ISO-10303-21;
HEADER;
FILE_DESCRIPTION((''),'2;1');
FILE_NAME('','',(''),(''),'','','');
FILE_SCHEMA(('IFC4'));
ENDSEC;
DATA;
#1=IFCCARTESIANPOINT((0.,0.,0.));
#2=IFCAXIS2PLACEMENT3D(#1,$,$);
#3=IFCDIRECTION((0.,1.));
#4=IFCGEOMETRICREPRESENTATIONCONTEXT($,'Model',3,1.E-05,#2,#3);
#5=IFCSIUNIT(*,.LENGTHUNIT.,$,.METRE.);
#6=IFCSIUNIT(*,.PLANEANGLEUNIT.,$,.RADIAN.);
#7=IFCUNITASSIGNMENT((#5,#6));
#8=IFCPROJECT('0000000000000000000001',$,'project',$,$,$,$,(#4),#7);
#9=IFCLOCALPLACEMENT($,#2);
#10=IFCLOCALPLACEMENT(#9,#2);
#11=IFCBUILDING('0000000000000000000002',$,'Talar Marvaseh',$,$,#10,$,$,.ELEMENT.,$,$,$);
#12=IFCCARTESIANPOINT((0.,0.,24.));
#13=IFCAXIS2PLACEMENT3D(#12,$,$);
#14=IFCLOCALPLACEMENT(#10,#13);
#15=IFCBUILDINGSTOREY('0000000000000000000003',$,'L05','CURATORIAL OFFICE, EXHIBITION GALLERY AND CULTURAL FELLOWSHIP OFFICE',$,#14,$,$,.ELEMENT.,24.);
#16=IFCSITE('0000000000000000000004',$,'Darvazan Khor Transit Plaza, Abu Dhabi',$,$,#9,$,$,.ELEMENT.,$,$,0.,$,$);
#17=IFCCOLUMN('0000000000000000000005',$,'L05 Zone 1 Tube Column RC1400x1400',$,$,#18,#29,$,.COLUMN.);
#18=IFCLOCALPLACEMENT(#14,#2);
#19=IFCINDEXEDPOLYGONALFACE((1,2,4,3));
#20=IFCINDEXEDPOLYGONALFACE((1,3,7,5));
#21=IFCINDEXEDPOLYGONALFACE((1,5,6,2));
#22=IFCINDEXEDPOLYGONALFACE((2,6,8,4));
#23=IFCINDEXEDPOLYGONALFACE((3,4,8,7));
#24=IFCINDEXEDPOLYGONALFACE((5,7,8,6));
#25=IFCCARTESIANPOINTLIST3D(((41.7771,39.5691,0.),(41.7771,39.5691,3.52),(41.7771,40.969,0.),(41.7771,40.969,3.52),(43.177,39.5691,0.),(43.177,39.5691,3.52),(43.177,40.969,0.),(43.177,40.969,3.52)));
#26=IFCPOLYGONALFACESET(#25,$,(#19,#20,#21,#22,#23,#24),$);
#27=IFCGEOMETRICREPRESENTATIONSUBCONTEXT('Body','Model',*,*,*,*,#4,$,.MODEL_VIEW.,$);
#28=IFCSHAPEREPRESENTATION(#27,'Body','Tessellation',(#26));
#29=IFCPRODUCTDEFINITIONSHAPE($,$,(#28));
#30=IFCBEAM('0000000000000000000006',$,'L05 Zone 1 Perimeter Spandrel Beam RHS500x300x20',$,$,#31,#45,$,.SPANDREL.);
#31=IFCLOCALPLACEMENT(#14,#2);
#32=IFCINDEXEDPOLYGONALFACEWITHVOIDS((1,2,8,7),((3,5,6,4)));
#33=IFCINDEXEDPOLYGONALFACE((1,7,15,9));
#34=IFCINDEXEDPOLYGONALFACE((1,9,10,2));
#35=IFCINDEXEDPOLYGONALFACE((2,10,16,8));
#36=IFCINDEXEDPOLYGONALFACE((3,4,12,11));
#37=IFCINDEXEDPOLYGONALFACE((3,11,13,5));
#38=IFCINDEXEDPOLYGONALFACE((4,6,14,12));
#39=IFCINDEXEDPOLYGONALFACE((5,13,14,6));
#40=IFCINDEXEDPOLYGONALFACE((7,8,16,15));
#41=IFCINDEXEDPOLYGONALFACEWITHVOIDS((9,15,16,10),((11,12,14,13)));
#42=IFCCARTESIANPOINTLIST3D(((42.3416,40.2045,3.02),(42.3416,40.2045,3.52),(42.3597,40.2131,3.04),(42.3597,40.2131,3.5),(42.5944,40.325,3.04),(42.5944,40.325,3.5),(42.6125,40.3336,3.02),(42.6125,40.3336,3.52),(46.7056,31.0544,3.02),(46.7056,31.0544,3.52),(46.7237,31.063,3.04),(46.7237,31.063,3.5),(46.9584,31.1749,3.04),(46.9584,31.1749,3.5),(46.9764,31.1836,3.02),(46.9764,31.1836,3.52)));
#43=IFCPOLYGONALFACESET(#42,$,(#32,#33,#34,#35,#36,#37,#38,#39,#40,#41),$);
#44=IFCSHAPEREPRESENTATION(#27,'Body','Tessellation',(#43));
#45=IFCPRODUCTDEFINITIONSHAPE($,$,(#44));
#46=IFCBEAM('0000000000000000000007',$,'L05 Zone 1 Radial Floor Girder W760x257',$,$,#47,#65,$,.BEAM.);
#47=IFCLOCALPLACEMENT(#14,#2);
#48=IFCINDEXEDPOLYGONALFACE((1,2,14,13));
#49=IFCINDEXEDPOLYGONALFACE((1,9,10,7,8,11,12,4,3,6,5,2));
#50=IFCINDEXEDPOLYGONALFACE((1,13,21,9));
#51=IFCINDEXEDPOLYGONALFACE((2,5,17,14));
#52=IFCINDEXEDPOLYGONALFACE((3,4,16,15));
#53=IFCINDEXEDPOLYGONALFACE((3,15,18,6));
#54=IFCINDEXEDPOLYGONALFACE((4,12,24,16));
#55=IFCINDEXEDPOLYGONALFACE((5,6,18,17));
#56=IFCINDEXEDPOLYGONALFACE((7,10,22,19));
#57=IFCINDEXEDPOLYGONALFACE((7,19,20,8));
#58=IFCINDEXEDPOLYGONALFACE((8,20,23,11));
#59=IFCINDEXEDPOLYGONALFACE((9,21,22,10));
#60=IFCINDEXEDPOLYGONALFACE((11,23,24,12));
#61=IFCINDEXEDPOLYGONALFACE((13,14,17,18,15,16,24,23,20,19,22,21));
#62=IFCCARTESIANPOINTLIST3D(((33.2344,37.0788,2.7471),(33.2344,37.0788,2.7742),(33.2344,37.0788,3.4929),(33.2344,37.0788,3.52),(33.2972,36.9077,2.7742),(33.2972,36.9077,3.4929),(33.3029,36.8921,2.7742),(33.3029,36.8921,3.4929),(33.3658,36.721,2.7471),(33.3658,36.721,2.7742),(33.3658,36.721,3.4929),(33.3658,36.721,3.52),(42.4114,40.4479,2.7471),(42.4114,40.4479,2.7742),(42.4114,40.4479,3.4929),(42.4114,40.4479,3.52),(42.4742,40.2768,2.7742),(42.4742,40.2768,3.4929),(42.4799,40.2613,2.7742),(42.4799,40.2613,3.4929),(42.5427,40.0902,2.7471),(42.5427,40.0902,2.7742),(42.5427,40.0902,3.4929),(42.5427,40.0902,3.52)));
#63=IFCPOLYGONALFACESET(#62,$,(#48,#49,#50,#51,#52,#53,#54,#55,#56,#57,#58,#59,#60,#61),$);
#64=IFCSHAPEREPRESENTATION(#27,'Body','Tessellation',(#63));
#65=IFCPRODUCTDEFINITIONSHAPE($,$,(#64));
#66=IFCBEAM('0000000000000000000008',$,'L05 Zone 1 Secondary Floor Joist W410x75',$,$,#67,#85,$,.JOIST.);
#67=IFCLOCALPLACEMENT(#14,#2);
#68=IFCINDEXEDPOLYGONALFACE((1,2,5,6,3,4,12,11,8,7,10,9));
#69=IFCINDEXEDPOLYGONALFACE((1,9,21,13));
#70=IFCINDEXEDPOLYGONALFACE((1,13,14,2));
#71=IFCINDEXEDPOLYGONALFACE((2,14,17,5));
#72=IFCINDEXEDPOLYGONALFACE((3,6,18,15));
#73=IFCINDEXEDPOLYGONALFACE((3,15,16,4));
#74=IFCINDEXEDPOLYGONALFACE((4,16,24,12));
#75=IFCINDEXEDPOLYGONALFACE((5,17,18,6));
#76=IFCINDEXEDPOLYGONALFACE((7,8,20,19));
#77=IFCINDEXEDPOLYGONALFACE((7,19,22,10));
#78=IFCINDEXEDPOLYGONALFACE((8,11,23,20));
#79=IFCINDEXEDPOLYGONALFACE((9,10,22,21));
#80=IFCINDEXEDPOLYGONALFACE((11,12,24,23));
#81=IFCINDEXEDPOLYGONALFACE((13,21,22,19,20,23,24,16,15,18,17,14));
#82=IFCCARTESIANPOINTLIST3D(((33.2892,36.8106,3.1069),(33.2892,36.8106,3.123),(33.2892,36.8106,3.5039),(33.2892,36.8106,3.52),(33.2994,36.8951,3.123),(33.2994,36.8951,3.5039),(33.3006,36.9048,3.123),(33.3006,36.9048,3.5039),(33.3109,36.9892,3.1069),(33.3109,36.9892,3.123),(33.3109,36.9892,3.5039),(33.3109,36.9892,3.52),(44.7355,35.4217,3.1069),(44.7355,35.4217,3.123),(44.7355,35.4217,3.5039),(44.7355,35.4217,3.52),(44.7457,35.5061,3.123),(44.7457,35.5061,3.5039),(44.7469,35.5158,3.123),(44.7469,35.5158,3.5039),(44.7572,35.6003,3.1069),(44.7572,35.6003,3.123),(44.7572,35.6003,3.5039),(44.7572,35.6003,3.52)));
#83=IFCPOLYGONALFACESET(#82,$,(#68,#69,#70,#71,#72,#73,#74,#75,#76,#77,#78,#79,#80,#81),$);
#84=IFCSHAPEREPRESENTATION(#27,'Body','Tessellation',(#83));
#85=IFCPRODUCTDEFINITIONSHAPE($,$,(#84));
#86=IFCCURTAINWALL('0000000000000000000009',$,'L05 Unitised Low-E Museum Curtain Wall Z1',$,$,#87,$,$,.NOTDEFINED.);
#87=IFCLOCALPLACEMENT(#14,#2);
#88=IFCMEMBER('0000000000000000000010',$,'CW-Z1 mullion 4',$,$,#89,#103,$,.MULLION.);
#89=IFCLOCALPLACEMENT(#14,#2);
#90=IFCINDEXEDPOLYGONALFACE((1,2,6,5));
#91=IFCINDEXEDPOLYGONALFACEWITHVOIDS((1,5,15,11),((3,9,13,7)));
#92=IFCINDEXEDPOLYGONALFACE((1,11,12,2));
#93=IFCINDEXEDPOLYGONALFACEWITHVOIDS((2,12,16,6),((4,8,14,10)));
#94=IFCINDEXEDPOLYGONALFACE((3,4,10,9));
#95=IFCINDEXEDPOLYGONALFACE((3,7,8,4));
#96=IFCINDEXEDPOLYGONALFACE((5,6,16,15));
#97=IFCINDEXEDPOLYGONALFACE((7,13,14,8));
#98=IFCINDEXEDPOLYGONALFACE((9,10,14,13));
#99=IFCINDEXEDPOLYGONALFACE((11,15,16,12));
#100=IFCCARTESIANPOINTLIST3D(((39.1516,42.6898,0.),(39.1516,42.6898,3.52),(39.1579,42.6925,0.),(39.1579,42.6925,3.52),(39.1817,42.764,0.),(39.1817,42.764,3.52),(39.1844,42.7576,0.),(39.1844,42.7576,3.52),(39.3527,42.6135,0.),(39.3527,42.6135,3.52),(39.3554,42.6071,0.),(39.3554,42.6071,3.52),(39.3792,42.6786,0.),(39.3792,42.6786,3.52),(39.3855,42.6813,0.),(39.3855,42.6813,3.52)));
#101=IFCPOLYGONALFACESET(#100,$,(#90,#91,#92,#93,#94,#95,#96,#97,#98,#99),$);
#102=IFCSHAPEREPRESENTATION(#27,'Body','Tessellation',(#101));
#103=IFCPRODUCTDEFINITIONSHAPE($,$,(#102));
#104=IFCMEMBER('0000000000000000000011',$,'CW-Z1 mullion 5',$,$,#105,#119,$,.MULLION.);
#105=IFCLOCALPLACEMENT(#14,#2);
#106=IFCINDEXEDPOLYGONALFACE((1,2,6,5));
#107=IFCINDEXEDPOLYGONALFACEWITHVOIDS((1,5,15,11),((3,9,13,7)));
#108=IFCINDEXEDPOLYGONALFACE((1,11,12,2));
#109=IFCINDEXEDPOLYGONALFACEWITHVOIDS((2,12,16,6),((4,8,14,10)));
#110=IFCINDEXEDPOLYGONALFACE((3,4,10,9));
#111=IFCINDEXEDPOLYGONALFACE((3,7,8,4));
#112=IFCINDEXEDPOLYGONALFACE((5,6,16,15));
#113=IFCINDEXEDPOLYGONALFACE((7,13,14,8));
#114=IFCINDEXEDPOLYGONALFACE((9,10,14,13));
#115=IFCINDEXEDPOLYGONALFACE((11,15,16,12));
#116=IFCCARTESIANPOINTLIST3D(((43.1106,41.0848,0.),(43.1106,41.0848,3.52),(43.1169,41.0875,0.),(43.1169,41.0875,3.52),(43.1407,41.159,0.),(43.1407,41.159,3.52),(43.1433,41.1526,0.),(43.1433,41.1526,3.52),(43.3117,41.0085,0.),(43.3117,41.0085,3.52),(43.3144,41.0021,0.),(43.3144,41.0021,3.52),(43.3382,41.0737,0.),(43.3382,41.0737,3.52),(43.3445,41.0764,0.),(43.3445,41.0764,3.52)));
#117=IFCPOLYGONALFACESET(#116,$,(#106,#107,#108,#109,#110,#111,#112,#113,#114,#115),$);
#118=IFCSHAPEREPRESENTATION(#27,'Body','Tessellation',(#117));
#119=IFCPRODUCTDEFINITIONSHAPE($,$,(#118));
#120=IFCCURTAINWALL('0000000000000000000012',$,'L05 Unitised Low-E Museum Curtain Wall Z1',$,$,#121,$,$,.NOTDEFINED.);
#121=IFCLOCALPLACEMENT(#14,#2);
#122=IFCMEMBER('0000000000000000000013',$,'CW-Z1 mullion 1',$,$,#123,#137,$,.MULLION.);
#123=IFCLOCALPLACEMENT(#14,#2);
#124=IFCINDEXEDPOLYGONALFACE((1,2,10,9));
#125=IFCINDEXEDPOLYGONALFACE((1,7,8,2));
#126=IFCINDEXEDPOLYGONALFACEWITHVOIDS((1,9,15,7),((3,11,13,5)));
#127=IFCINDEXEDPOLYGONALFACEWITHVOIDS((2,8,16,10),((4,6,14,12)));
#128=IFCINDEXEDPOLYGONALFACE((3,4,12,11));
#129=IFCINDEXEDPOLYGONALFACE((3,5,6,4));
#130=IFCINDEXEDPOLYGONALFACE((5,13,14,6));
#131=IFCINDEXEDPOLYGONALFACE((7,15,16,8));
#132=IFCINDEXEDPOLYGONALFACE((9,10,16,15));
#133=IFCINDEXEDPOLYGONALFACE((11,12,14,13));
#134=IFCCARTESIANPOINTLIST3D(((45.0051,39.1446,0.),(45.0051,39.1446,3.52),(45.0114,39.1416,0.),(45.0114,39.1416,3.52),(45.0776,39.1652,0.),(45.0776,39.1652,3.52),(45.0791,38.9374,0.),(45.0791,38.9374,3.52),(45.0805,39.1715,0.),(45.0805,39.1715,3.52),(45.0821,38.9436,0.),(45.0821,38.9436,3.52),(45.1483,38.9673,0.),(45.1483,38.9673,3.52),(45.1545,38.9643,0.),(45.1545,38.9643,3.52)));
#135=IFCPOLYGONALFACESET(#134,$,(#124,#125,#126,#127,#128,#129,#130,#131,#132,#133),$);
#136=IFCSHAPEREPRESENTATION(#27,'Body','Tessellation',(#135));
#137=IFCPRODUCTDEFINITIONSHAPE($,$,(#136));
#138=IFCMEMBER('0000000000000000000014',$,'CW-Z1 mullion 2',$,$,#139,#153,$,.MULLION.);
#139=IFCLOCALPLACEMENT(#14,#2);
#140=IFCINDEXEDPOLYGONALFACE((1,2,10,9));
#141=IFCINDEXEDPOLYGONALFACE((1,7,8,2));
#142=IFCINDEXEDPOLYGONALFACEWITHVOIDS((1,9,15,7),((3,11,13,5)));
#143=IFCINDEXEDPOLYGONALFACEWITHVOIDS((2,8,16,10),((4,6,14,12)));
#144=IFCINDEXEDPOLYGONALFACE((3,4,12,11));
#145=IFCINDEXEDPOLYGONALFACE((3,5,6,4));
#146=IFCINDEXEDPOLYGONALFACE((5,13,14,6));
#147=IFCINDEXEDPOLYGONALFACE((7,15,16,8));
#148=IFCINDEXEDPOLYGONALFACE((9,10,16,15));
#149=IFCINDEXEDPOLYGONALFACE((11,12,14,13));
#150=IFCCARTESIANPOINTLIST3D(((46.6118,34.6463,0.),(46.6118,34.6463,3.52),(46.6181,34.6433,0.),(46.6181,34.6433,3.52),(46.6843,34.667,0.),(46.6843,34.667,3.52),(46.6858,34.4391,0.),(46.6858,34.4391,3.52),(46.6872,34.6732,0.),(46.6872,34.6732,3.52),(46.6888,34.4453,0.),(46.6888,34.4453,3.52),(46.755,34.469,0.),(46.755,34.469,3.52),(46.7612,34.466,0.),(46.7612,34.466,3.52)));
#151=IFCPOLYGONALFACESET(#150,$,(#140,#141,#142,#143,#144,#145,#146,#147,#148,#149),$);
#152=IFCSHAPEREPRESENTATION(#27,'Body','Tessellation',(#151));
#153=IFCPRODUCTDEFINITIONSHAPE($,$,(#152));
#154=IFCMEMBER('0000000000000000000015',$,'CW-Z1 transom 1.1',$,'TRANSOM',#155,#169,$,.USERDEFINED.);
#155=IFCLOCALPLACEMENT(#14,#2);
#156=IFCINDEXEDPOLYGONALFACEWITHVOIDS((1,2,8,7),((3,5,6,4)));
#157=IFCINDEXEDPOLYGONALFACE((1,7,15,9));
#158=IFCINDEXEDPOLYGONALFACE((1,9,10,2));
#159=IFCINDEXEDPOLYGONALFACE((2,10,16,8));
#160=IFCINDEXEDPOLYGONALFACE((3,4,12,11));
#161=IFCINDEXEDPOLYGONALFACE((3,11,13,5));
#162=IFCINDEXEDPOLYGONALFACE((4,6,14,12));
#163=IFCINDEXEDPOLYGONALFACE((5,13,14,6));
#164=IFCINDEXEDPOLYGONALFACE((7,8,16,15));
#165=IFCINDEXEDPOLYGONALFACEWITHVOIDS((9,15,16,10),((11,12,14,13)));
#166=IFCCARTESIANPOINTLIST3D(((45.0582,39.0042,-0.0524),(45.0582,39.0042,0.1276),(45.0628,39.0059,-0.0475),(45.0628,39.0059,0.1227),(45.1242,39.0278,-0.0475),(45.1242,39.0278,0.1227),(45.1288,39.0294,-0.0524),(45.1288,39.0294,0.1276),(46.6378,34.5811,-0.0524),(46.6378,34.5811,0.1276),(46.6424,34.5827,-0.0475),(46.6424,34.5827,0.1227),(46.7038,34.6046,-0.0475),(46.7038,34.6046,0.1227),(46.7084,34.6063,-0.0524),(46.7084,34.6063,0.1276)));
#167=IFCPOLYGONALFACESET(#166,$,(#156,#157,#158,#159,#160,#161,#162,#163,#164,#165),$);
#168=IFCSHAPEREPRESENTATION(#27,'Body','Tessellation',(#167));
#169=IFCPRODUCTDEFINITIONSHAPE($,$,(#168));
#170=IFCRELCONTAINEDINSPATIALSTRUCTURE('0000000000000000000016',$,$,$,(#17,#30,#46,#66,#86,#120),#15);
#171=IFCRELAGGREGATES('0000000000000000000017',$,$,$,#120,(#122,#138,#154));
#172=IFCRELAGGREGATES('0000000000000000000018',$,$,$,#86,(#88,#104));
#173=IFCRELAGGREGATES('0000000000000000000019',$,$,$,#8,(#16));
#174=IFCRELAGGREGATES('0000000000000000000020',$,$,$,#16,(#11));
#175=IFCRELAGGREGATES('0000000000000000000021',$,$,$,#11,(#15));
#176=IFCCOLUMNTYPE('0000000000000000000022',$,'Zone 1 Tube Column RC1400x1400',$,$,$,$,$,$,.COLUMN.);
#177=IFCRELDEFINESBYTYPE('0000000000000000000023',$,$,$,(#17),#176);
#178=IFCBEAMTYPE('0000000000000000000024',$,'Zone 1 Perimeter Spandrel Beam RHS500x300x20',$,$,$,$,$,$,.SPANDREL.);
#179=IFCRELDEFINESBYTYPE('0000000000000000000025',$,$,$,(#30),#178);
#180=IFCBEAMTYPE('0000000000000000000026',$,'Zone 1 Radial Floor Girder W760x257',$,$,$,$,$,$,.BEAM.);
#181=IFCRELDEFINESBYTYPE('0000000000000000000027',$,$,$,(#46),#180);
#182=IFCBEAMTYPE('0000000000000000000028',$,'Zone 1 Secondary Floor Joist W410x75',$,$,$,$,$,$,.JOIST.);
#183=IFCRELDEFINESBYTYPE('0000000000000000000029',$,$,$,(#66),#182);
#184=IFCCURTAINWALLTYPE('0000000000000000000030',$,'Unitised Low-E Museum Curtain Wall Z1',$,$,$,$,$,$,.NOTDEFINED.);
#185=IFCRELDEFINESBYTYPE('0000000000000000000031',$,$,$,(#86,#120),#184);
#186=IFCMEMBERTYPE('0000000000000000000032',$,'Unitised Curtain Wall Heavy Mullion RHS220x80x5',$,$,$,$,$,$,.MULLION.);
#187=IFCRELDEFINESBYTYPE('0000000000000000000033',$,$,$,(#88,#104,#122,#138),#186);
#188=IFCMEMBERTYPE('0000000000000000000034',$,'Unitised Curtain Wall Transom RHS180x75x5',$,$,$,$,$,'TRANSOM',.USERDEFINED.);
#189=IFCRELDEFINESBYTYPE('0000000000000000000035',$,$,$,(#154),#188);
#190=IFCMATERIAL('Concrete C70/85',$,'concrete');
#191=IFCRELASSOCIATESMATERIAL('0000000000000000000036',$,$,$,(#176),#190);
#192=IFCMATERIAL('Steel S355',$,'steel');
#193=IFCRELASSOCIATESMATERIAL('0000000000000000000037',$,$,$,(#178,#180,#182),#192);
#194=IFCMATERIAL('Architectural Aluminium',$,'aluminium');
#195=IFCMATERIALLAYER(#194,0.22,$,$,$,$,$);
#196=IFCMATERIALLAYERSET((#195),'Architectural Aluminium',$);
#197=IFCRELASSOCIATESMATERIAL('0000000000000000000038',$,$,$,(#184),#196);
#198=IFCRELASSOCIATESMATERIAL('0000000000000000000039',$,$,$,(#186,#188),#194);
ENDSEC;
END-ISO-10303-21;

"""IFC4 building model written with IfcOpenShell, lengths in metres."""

from ifc_helpers import new_model, si_unit, direction, frame, origin, origin_2d, place, context, subcontext, project, spatial, rectangle, hollow_rectangle, i_section, extrude, source, transform, mapped, material, layer, layer_set, material_profile, profile_set, type_object, type_shapes, element, aggregate, save


model = new_model("IFC4")

# Units and contexts
model_context = context("Model", 3, precision=1e-05, world=origin(), true_north=direction((0.0, 1.0)))
body_context = subcontext(model_context, "Body", "Model", "MODEL_VIEW")
ifc_project = project(units=[si_unit("LENGTHUNIT", "METRE"), si_unit("PLANEANGLEUNIT", "RADIAN")], contexts=[model_context])

# Site, building, storey
site_placement = place(None, origin())
site = spatial("IfcSite", under=ifc_project, at=site_placement, Name="Darvazan Khor Transit Plaza, Abu Dhabi", CompositionType="ELEMENT", RefElevation=0.0)
building_placement = place(site_placement, origin())
building = spatial("IfcBuilding", under=site, at=building_placement, Name="Talar Marvaseh", CompositionType="ELEMENT")
storey_placement = place(building_placement, frame((0.0, 0.0, 24.0)))
storey = spatial("IfcBuildingStorey", under=building, at=storey_placement, Name="L05", Description="CURATORIAL OFFICE, EXHIBITION GALLERY AND CULTURAL FELLOWSHIP OFFICE", CompositionType="ELEMENT", Elevation=24.0)

# Column
ifc_material_1 = material(Name="Concrete C70/85", Category="concrete")
ifc_material_profile_1 = material_profile(ifc_material_1, rectangle(XDim=1.3999, YDim=1.3999, at=origin_2d()), Name="RC1400x1400")
ifc_profile_set_1 = profile_set([ifc_material_profile_1], Name="Concrete C70/85")
column_type = type_object("IfcColumnType", Name="Zone 1 Tube Column RC1400x1400", PredefinedType="COLUMN", material=ifc_profile_set_1)
column_placement = place(storey_placement, frame((42.4771, 40.269, 0.0), z_axis=(0.0, 0.0, 1.0), x_axis=(1.0, 0.0, 0.0)))
element("IfcColumn", 1, at=column_placement, inside=storey, type_object=column_type, Name="L05 Zone 1 Tube Column RC1400x1400", PredefinedType="COLUMN", context=body_context, shape_type="SweptSolid", body=[
    extrude(rectangle(XDim=1.3999, YDim=1.3999, at=origin_2d()), origin(), (0.0, 0.0, 1.0), 3.52),
])

# Beams
ifc_material_2 = material(Name="Steel S355", Category="steel")
ifc_material_profile_2 = material_profile(ifc_material_2, hollow_rectangle(XDim=0.3, YDim=0.5, WallThickness=0.02, at=origin_2d()), Name="RHS500x300x20")
ifc_profile_set_2 = profile_set([ifc_material_profile_2], Name="Steel S355")
beam_type_1 = type_object("IfcBeamType", Name="Zone 1 Perimeter Spandrel Beam RHS500x300x20", PredefinedType="SPANDREL", material=ifc_profile_set_2)
beam_1_placement = place(storey_placement, frame((42.4771, 40.269, 3.27), z_axis=(0.43048, -0.9026, 0.0), x_axis=(0.9026, 0.43048, 0.0)))
element("IfcBeam", 2, at=beam_1_placement, inside=storey, type_object=beam_type_1, Name="L05 Zone 1 Perimeter Spandrel Beam RHS500x300x20", PredefinedType="SPANDREL", context=body_context, shape_type="SweptSolid", body=[
    extrude(hollow_rectangle(XDim=0.3, YDim=0.5, WallThickness=0.02, at=origin_2d()), origin(), (0.0, 0.0, 1.0), 10.1375),
])
ifc_material_profile_3 = material_profile(ifc_material_2, i_section(OverallWidth=0.3811, OverallDepth=0.7729, WebThickness=0.0166, FlangeThickness=0.0271, at=origin_2d()), Name="W760x257")
ifc_profile_set_3 = profile_set([ifc_material_profile_3], Name="Steel S355")
beam_type_2 = type_object("IfcBeamType", Name="Zone 1 Radial Floor Girder W760x257", PredefinedType="BEAM", material=ifc_profile_set_3)
beam_2_placement = place(storey_placement, frame((42.4771, 40.269, 3.1335), z_axis=(-0.938736, -0.344637, 0.0), x_axis=(0.344637, -0.938736, 0.0)))
element("IfcBeam", 3, at=beam_2_placement, inside=storey, type_object=beam_type_2, Name="L05 Zone 1 Radial Floor Girder W760x257", PredefinedType="BEAM", context=body_context, shape_type="SweptSolid", body=[
    extrude(i_section(OverallWidth=0.3811, OverallDepth=0.7729, WebThickness=0.0166, FlangeThickness=0.0271, at=origin_2d()), origin(), (0.0, 0.0, 1.0), 9.7759),
])
ifc_material_profile_4 = material_profile(ifc_material_2, i_section(OverallWidth=0.1799, OverallDepth=0.4131, WebThickness=0.0098, FlangeThickness=0.0161, at=origin_2d()), Name="W410x75")
ifc_profile_set_4 = profile_set([ifc_material_profile_4], Name="Steel S355")
beam_type_3 = type_object("IfcBeamType", Name="Zone 1 Secondary Floor Joist W410x75", PredefinedType="JOIST", material=ifc_profile_set_4)
beam_3_placement = place(storey_placement, frame((44.7463, 35.511, 3.3135), z_axis=(-0.992718, 0.120458, 0.0), x_axis=(-0.120458, -0.992718, 0.0)))
element("IfcBeam", 4, at=beam_3_placement, inside=storey, type_object=beam_type_3, Name="L05 Zone 1 Secondary Floor Joist W410x75", PredefinedType="JOIST", context=body_context, shape_type="SweptSolid", body=[
    extrude(i_section(OverallWidth=0.1799, OverallDepth=0.4131, WebThickness=0.0098, FlangeThickness=0.0161, at=origin_2d()), origin(), (0.0, 0.0, 1.0), 11.5303),
])

# Curtain walls, members
ifc_material_3 = material(Name="Architectural Aluminium", Category="aluminium")
ifc_layer_1 = layer(ifc_material_3, 0.22)
ifc_layer_set_1 = layer_set([ifc_layer_1], Name="Architectural Aluminium")
curtain_wall_type = type_object("IfcCurtainWallType", Name="Unitised Low-E Museum Curtain Wall Z1", PredefinedType="NOTDEFINED", material=ifc_layer_set_1)
curtain_wall_1_placement = place(storey_placement, origin())
curtain_wall_1 = element("IfcCurtainWall", 5, at=curtain_wall_1_placement, inside=storey, type_object=curtain_wall_type, Name="L05 Unitised Low-E Museum Curtain Wall Z1", PredefinedType="NOTDEFINED")
ifc_material_profile_5 = material_profile(ifc_material_3, hollow_rectangle(XDim=0.0801, YDim=0.22, WallThickness=0.0049, at=origin_2d()), Name="RHS220x80x5")
ifc_profile_set_5 = profile_set([ifc_material_profile_5], Name="Architectural Aluminium")
member_type_1 = type_object("IfcMemberType", Name="Unitised Curtain Wall Heavy Mullion RHS220x80x5", PredefinedType="MULLION", material=ifc_profile_set_5)
shared_shape_1 = source(origin(), body_context, "Body", "SweptSolid", [
    extrude(hollow_rectangle(XDim=0.0801, YDim=0.22, WallThickness=0.0049, at=origin_2d()), origin(), (0.0, 0.0, 1.0), 3.52),
])
type_shapes(member_type_1, [shared_shape_1])
member_1_placement = place(storey_placement, frame((39.2686, 42.6855, 0.0), z_axis=(0.0, 0.0, 1.0), x_axis=(0.375705, 0.926739, 0.0)))
member_1 = element("IfcMember", 6, at=member_1_placement, type_object=member_type_1, Name="CW-Z1 mullion 4", PredefinedType="MULLION", context=body_context, shape_type="MappedRepresentation", body=[
    mapped(shared_shape_1, transform((0.0, 0.0, 0.0), x_axis=(1.0, 0.0, 0.0), y_axis=(0.0, 1.0, 0.0), z_axis=(0.0, 0.0, 1.0), scale=1.0)),
])
member_2_placement = place(storey_placement, frame((43.2275, 41.0806, 0.0), z_axis=(0.0, 0.0, 1.0), x_axis=(0.375705, 0.926739, 0.0)))
member_2 = element("IfcMember", 7, at=member_2_placement, type_object=member_type_1, Name="CW-Z1 mullion 5", PredefinedType="MULLION", context=body_context, shape_type="MappedRepresentation", body=[
    mapped(shared_shape_1, transform((0.0, 0.0, 0.0), x_axis=(1.0, 0.0, 0.0), y_axis=(0.0, 1.0, 0.0), z_axis=(0.0, 0.0, 1.0), scale=1.0)),
])
curtain_wall_2_placement = place(storey_placement, origin())
curtain_wall_2 = element("IfcCurtainWall", 8, at=curtain_wall_2_placement, inside=storey, type_object=curtain_wall_type, Name="L05 Unitised Low-E Museum Curtain Wall Z1", PredefinedType="NOTDEFINED")
member_3_placement = place(storey_placement, frame((45.0798, 39.0544, 0.0), z_axis=(0.0, 0.0, 1.0), x_axis=(0.941742, 0.336336, 0.0)))
member_3 = element("IfcMember", 9, at=member_3_placement, type_object=member_type_1, Name="CW-Z1 mullion 1", PredefinedType="MULLION", context=body_context, shape_type="MappedRepresentation", body=[
    mapped(shared_shape_1, transform((0.0, 0.0, 0.0), x_axis=(1.0, 0.0, 0.0), y_axis=(0.0, 1.0, 0.0), z_axis=(0.0, 0.0, 1.0), scale=1.0)),
])
member_4_placement = place(storey_placement, frame((46.6865, 34.5562, 0.0), z_axis=(0.0, 0.0, 1.0), x_axis=(0.941742, 0.336336, 0.0)))
member_4 = element("IfcMember", 10, at=member_4_placement, type_object=member_type_1, Name="CW-Z1 mullion 2", PredefinedType="MULLION", context=body_context, shape_type="MappedRepresentation", body=[
    mapped(shared_shape_1, transform((0.0, 0.0, 0.0), x_axis=(1.0, 0.0, 0.0), y_axis=(0.0, 1.0, 0.0), z_axis=(0.0, 0.0, 1.0), scale=1.0)),
])
ifc_material_profile_6 = material_profile(ifc_material_3, hollow_rectangle(XDim=0.075, YDim=0.1799, WallThickness=0.0049, at=origin_2d()), Name="RHS180x75x5")
ifc_profile_set_6 = profile_set([ifc_material_profile_6], Name="Architectural Aluminium")
member_type_2 = type_object("IfcMemberType", Name="Unitised Curtain Wall Transom RHS180x75x5", ElementType="TRANSOM", PredefinedType="USERDEFINED", material=ifc_profile_set_6)
shared_shape_2 = source(origin(), body_context, "Body", "SweptSolid", [
    extrude(hollow_rectangle(XDim=0.075, YDim=0.1799, WallThickness=0.0049, at=origin_2d()), origin(), (0.0, 0.0, 1.0), 4.6968),
])
member_5_placement = place(storey_placement, frame((45.0935, 39.0168, 0.0376), z_axis=(0.33632, -0.941748, 0.0), x_axis=(0.941748, 0.33632, 0.0)))
member_5 = element("IfcMember", 11, at=member_5_placement, type_object=member_type_2, Name="CW-Z1 transom 1.1", ObjectType="TRANSOM", PredefinedType="USERDEFINED", context=body_context, shape_type="MappedRepresentation", body=[
    mapped(shared_shape_2, transform((0.0, 0.0, 0.0), x_axis=(1.0, 0.0, 0.0), y_axis=(0.0, 1.0, 0.0), z_axis=(0.0, 0.0, 1.0), scale=1.0)),
])

aggregate(curtain_wall_2, [member_3, member_4, member_5])
aggregate(curtain_wall_1, [member_1, member_2])

save(model, "model.ifc")
